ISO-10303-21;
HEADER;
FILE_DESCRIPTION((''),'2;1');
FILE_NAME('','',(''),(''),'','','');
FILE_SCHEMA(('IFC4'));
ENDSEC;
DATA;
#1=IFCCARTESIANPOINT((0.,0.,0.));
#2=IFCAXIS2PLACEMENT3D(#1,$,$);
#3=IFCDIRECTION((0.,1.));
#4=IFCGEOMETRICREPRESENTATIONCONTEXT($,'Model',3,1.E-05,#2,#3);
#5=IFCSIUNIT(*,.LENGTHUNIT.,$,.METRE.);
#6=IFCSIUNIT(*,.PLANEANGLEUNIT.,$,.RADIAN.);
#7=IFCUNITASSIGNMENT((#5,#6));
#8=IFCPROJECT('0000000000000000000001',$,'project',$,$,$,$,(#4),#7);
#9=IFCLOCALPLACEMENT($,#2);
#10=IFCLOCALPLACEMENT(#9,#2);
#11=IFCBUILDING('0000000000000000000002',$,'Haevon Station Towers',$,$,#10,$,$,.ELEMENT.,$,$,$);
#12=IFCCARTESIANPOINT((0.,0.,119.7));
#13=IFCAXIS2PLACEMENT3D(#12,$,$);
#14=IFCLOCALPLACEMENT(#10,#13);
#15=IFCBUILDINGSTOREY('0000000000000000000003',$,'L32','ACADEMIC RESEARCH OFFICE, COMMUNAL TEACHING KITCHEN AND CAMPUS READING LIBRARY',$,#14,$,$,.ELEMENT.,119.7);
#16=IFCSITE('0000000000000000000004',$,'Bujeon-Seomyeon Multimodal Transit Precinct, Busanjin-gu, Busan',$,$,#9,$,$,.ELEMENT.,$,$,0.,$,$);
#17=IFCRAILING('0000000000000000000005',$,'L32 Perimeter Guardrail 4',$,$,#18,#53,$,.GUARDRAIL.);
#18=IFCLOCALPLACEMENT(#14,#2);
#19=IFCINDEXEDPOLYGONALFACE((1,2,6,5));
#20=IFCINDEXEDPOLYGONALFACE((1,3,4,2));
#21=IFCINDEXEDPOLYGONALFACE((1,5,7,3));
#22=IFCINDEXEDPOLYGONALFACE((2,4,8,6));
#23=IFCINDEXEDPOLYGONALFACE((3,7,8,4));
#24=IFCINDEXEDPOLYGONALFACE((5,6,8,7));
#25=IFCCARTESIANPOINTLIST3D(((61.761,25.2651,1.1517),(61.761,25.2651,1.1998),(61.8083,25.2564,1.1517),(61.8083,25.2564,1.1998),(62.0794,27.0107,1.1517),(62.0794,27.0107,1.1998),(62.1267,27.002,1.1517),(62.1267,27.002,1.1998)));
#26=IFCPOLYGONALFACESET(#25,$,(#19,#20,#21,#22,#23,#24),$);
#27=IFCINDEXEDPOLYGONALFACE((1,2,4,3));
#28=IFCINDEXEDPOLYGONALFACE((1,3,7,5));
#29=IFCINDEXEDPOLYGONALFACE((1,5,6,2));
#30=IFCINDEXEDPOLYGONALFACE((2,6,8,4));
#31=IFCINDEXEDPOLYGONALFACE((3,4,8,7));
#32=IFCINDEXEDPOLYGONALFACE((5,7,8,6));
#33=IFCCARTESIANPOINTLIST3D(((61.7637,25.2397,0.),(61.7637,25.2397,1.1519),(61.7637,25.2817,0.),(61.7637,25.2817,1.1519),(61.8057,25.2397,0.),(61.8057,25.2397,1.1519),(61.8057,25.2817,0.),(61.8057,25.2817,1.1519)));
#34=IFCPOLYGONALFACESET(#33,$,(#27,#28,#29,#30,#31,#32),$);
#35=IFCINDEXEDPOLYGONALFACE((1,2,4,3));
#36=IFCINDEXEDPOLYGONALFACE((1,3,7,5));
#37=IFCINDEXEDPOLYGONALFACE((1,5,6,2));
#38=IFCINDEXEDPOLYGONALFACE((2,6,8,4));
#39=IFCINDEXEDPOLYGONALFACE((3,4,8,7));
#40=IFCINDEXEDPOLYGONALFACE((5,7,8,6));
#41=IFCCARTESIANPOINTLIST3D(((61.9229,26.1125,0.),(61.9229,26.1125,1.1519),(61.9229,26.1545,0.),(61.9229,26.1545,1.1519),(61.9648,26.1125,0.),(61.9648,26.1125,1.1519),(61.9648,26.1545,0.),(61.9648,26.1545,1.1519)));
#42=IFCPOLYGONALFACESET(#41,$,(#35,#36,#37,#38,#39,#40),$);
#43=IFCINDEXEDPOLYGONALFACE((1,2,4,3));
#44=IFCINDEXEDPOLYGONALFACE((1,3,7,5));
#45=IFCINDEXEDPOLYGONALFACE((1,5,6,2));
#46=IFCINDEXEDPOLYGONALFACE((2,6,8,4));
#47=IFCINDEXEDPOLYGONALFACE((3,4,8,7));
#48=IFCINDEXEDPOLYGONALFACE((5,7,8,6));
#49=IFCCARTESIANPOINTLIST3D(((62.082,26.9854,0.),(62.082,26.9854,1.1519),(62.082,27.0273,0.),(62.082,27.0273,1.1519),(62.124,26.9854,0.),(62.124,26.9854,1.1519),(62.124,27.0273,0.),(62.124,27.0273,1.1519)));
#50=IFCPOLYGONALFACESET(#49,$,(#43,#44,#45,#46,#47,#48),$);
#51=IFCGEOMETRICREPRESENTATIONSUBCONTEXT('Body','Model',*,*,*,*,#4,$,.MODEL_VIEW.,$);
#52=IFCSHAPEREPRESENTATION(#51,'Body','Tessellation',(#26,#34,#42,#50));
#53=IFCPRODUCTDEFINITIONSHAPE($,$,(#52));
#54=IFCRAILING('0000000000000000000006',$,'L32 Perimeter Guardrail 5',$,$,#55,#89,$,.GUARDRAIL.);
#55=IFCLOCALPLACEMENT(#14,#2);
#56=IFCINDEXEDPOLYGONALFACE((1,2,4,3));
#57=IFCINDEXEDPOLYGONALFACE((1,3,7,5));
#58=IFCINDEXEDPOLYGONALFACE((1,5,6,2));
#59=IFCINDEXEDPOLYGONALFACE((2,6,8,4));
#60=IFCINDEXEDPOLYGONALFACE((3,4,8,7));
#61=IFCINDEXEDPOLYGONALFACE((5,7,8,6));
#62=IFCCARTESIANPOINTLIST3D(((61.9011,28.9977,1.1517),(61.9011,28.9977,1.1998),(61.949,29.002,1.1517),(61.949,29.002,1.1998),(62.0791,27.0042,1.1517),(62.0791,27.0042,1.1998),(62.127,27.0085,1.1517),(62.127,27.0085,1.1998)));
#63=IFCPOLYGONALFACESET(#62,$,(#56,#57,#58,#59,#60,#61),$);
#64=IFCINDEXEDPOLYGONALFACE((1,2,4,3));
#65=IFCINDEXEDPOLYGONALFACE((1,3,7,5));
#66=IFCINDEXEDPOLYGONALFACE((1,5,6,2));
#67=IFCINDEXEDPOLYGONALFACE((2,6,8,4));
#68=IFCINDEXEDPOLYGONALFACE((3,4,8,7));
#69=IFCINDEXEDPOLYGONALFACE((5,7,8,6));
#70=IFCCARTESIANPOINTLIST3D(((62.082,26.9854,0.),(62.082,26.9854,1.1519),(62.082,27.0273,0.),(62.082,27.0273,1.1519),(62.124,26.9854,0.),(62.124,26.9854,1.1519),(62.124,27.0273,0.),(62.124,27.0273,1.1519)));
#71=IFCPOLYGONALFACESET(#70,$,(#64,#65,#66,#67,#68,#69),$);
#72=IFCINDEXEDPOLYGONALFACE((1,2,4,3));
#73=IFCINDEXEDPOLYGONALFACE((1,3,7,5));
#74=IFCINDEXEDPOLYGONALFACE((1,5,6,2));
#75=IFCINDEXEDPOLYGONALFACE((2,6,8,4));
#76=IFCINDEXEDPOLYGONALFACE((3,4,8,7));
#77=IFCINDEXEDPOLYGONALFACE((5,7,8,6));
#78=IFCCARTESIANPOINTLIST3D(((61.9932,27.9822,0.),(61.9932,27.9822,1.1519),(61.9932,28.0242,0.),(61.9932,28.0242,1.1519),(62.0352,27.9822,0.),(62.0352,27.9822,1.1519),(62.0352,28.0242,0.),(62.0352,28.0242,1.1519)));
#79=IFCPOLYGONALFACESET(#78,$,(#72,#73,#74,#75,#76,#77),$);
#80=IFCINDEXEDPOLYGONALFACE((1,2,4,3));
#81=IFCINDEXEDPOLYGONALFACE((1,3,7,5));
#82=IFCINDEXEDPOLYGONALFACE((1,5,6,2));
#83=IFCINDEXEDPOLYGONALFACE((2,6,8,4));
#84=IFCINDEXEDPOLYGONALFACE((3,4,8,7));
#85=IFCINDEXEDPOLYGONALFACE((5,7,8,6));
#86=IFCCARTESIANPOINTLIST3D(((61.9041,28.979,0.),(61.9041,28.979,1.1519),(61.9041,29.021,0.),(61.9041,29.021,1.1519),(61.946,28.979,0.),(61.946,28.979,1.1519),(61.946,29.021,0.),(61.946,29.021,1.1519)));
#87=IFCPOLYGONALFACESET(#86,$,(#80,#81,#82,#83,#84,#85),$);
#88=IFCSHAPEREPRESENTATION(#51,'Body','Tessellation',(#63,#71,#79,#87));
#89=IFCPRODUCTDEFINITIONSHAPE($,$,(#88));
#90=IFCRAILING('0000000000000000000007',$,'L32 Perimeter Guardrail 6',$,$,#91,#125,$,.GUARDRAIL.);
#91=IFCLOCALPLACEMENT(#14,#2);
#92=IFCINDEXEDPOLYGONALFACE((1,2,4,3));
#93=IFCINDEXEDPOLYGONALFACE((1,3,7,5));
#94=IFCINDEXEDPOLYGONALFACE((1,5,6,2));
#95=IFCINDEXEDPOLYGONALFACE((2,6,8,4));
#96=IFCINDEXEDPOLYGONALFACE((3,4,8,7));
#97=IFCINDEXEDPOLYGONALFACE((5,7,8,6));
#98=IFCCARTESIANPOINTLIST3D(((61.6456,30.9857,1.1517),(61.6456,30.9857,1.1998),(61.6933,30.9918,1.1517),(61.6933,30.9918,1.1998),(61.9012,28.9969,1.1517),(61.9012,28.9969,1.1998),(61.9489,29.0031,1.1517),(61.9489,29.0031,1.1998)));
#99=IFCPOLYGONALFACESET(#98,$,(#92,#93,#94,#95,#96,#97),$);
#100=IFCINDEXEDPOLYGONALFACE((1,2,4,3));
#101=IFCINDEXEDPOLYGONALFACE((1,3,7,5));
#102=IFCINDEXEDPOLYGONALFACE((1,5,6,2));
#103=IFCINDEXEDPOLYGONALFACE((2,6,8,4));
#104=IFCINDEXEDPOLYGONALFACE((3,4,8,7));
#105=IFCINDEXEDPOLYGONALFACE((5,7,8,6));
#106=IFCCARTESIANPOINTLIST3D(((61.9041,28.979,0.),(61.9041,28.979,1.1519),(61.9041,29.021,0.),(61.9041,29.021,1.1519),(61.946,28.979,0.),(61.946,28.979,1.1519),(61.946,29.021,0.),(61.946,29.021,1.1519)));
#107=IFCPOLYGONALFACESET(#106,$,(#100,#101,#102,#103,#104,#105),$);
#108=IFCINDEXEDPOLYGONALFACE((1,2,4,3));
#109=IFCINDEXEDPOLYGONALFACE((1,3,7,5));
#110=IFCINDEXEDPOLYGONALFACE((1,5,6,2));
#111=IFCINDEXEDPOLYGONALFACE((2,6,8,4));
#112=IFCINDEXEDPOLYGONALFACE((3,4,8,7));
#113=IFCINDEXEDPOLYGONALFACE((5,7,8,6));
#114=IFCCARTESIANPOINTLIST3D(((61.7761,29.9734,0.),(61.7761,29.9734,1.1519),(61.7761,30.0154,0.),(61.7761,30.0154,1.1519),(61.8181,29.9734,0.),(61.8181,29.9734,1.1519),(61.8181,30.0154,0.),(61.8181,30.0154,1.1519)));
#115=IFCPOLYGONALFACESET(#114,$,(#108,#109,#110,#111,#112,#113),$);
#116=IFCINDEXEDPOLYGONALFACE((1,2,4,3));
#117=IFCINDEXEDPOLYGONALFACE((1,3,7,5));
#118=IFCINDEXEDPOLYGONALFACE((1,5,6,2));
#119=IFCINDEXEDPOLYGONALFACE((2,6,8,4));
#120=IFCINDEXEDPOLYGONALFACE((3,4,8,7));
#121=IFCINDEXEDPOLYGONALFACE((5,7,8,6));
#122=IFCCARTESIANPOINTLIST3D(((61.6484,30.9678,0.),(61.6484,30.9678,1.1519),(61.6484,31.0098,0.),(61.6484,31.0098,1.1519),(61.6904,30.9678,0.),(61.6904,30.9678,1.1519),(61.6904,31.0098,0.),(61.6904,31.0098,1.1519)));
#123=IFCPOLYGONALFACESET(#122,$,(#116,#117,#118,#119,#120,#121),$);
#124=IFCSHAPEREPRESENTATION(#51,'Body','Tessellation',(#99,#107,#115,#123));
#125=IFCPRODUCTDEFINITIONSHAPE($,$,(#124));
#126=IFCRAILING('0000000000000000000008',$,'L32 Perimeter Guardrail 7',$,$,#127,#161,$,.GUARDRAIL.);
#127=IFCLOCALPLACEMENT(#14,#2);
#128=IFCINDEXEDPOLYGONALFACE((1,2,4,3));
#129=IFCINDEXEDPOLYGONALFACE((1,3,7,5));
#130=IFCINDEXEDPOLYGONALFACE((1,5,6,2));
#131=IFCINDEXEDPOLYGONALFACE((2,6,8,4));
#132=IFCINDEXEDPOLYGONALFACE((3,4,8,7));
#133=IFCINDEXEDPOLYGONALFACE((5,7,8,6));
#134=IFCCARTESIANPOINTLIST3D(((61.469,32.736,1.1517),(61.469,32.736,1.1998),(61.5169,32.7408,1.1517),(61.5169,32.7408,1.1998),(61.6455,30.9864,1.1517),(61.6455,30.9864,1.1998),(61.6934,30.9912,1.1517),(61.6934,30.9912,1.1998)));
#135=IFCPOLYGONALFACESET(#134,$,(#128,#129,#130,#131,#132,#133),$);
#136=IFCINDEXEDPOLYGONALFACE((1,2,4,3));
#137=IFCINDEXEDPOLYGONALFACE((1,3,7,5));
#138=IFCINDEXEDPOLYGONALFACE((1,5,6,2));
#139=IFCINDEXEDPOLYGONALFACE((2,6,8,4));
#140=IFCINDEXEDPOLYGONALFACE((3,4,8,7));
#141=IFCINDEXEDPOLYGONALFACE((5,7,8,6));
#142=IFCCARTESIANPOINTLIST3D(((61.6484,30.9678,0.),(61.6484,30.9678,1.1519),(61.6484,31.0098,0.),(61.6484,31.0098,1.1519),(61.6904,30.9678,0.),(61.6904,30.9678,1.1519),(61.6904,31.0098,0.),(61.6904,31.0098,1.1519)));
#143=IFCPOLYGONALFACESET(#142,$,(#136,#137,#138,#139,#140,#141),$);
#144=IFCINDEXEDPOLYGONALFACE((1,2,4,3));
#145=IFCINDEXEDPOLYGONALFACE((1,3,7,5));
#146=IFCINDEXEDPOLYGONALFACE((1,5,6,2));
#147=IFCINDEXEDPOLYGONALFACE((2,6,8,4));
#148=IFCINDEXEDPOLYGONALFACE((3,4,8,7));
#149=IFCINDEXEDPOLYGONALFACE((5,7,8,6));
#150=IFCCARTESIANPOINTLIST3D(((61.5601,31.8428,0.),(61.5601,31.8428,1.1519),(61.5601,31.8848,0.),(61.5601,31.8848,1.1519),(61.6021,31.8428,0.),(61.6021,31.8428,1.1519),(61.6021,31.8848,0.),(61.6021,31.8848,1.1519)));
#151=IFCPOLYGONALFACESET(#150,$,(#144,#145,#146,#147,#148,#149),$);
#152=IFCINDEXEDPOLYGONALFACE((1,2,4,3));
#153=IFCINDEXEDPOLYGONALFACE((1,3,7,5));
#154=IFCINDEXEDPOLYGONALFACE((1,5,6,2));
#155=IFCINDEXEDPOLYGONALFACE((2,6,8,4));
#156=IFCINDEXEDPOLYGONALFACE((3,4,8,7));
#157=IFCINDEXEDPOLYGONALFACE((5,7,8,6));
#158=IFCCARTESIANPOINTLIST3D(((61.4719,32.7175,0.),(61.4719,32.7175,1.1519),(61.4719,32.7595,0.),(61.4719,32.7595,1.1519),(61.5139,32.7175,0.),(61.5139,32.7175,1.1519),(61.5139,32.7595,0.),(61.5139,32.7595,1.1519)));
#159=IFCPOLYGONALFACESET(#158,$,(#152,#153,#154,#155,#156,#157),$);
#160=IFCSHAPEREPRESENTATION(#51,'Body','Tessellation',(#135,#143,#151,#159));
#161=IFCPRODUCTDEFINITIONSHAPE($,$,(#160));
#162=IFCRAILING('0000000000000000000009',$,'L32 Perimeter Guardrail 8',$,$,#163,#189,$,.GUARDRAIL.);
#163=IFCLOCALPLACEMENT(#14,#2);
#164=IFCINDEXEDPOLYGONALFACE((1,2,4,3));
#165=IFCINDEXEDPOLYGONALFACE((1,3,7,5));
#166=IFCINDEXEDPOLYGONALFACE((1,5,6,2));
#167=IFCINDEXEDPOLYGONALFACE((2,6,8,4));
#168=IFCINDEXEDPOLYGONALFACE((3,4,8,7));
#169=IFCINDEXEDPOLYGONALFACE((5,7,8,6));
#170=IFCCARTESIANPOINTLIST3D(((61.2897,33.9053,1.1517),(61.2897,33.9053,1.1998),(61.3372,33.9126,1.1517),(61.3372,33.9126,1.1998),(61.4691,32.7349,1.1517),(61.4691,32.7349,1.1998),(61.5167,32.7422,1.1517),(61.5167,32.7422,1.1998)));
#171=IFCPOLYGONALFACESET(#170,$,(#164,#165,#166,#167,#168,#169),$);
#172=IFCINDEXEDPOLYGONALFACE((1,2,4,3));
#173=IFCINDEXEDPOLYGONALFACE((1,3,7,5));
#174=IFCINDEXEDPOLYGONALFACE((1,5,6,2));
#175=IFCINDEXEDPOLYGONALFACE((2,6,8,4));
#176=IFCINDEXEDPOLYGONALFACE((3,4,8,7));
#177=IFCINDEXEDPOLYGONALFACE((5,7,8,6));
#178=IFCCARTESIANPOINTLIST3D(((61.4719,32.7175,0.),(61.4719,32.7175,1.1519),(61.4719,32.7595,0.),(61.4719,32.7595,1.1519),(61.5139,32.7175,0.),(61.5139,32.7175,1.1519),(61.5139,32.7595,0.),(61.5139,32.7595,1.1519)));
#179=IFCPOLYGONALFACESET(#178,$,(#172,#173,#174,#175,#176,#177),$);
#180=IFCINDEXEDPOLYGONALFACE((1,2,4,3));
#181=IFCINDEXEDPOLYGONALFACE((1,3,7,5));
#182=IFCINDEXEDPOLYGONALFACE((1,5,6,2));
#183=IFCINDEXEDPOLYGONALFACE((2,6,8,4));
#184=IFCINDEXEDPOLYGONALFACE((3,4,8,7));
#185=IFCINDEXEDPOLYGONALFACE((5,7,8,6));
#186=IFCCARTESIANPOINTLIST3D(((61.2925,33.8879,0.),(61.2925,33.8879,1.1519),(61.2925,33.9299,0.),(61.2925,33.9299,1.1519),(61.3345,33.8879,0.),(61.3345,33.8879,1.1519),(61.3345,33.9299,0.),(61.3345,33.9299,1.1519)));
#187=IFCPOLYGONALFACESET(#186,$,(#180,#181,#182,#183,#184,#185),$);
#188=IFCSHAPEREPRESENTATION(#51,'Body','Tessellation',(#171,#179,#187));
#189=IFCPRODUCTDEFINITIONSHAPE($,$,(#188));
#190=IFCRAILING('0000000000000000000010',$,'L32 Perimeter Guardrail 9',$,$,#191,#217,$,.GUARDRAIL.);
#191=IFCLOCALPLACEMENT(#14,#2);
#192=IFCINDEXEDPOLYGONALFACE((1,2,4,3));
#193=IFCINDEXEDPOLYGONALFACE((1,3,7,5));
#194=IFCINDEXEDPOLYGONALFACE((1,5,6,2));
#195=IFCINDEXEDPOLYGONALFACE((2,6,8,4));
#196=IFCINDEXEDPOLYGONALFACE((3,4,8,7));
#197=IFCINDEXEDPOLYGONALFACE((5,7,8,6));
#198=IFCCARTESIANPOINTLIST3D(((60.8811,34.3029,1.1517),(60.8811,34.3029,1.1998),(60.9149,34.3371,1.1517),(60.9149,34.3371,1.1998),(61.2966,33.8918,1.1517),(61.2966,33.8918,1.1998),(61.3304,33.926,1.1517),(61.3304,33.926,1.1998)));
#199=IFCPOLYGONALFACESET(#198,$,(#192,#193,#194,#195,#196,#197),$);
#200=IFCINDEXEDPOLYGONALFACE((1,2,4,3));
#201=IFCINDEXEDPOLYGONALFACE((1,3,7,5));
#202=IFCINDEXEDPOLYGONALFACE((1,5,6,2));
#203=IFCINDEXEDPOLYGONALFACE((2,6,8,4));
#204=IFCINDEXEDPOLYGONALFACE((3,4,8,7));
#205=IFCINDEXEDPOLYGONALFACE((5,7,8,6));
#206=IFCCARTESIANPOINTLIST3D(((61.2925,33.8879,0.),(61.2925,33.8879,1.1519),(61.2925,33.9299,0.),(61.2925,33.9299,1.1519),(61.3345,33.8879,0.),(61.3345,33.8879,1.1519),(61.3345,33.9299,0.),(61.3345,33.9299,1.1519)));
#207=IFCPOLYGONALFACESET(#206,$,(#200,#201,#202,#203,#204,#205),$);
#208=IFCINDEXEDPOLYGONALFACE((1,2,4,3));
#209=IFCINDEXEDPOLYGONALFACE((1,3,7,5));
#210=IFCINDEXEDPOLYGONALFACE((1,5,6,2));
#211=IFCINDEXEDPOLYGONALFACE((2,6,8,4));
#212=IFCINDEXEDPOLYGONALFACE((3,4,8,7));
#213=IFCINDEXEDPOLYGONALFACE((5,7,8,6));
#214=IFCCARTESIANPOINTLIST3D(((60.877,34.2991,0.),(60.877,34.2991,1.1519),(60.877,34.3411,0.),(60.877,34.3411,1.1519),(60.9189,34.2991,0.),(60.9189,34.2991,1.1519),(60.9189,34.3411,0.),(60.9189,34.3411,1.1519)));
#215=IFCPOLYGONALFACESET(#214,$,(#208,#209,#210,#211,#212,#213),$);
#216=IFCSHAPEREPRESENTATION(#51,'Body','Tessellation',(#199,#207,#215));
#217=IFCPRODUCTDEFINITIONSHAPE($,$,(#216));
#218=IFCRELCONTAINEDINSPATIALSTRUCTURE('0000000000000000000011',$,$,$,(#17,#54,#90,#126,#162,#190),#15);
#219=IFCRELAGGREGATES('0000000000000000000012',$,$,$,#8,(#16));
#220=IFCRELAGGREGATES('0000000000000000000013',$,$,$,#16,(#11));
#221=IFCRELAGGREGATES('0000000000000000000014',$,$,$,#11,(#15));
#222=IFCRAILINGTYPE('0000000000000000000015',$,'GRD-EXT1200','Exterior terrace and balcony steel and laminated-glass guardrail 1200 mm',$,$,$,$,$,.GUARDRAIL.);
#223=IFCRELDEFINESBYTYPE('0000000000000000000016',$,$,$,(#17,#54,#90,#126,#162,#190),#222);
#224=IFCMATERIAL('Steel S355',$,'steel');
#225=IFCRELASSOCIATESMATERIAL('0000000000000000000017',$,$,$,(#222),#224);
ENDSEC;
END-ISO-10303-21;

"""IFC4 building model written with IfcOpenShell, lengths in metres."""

from ifc_helpers import new_model, si_unit, direction, frame, origin, origin_2d, place, context, subcontext, project, spatial, rectangle, extrude, material, type_object, element, save


model = new_model("IFC4")

# Units and contexts
model_context = context("Model", 3, precision=1e-05, world=origin(), true_north=direction((0.0, 1.0)))
body_context = subcontext(model_context, "Body", "Model", "MODEL_VIEW")
ifc_project = project(units=[si_unit("LENGTHUNIT", "METRE"), si_unit("PLANEANGLEUNIT", "RADIAN")], contexts=[model_context])

# Site, building, storey
site_placement = place(None, origin())
site = spatial("IfcSite", under=ifc_project, at=site_placement, Name="Bujeon-Seomyeon Multimodal Transit Precinct, Busanjin-gu, Busan", CompositionType="ELEMENT", RefElevation=0.0)
building_placement = place(site_placement, origin())
building = spatial("IfcBuilding", under=site, at=building_placement, Name="Haevon Station Towers", CompositionType="ELEMENT")
storey_placement = place(building_placement, frame((0.0, 0.0, 119.7)))
storey = spatial("IfcBuildingStorey", under=building, at=storey_placement, Name="L32", Description="ACADEMIC RESEARCH OFFICE, COMMUNAL TEACHING KITCHEN AND CAMPUS READING LIBRARY", CompositionType="ELEMENT", Elevation=119.7)

# Shared definitions
ifc_material_1 = material(Name="Steel S355", Category="steel")

# Railings
railing_type = type_object("IfcRailingType", Name="GRD-EXT1200", Description="Exterior terrace and balcony steel and laminated-glass guardrail 1200 mm", PredefinedType="GUARDRAIL", material=ifc_material_1)
railing_1_placement = place(storey_placement, frame((61.7847, 25.2607, 0.0)))
element("IfcRailing", 1, at=railing_1_placement, inside=storey, type_object=railing_type, Name="L32 Perimeter Guardrail 4", PredefinedType="GUARDRAIL", context=body_context, shape_type="SweptSolid", body=[
    extrude(rectangle(XDim=0.0481, YDim=0.0481, at=origin_2d()), frame((0.0, 0.0, 1.1758), z_axis=(0.179418, 0.983773, 0.0), x_axis=(-0.983773, 0.179418, 0.0)), (0.0, 0.0, 1.0), 1.7744),
    extrude(rectangle(XDim=0.042, YDim=0.042, at=origin_2d()), origin(), (0.0, 0.0, 1.0), 1.1519),
    extrude(rectangle(XDim=0.042, YDim=0.042, at=origin_2d()), frame((0.1592, 0.8728, 0.0)), (0.0, 0.0, 1.0), 1.1519),
    extrude(rectangle(XDim=0.042, YDim=0.042, at=origin_2d()), frame((0.3184, 1.7456, 0.0)), (0.0, 0.0, 1.0), 1.1519),
])
railing_2_placement = place(storey_placement, frame((62.103, 27.0063, 0.0)))
element("IfcRailing", 2, at=railing_2_placement, inside=storey, type_object=railing_type, Name="L32 Perimeter Guardrail 5", PredefinedType="GUARDRAIL", context=body_context, shape_type="SweptSolid", body=[
    extrude(rectangle(XDim=0.0481, YDim=0.0481, at=origin_2d()), frame((0.0, 0.0, 1.1758), z_axis=(-0.088919, 0.996039, 0.0), x_axis=(-0.996039, -0.088919, 0.0)), (0.0, 0.0, 1.0), 2.0015),
    extrude(rectangle(XDim=0.042, YDim=0.042, at=origin_2d()), origin(), (0.0, 0.0, 1.0), 1.1519),
    extrude(rectangle(XDim=0.042, YDim=0.042, at=origin_2d()), frame((-0.0889, 0.9968, 0.0)), (0.0, 0.0, 1.0), 1.1519),
    extrude(rectangle(XDim=0.042, YDim=0.042, at=origin_2d()), frame((-0.178, 1.9937, 0.0)), (0.0, 0.0, 1.0), 1.1519),
])
railing_3_placement = place(storey_placement, frame((61.925, 29.0, 0.0)))
element("IfcRailing", 3, at=railing_3_placement, inside=storey, type_object=railing_type, Name="L32 Perimeter Guardrail 6", PredefinedType="GUARDRAIL", context=body_context, shape_type="SweptSolid", body=[
    extrude(rectangle(XDim=0.0481, YDim=0.0481, at=origin_2d()), frame((0.0, 0.0, 1.1758), z_axis=(-0.127481, 0.991841, 0.0), x_axis=(-0.991841, -0.127481, 0.0)), (0.0, 0.0, 1.0), 2.0051),
    extrude(rectangle(XDim=0.042, YDim=0.042, at=origin_2d()), origin(), (0.0, 0.0, 1.0), 1.1519),
    extrude(rectangle(XDim=0.042, YDim=0.042, at=origin_2d()), frame((-0.1279, 0.9944, 0.0)), (0.0, 0.0, 1.0), 1.1519),
    extrude(rectangle(XDim=0.042, YDim=0.042, at=origin_2d()), frame((-0.2556, 1.9888, 0.0)), (0.0, 0.0, 1.0), 1.1519),
])
railing_4_placement = place(storey_placement, frame((61.6694, 30.9888, 0.0)))
element("IfcRailing", 4, at=railing_4_placement, inside=storey, type_object=railing_type, Name="L32 Perimeter Guardrail 7", PredefinedType="GUARDRAIL", context=body_context, shape_type="SweptSolid", body=[
    extrude(rectangle(XDim=0.0481, YDim=0.0481, at=origin_2d()), frame((0.0, 0.0, 1.1758), z_axis=(-0.10037, 0.99495, 0.0), x_axis=(-0.99495, -0.10037, 0.0)), (0.0, 0.0, 1.0), 1.7585),
    extrude(rectangle(XDim=0.042, YDim=0.042, at=origin_2d()), origin(), (0.0, 0.0, 1.0), 1.1519),
    extrude(rectangle(XDim=0.042, YDim=0.042, at=origin_2d()), frame((-0.0884, 0.875, 0.0)), (0.0, 0.0, 1.0), 1.1519),
    extrude(rectangle(XDim=0.042, YDim=0.042, at=origin_2d()), frame((-0.1765, 1.7498, 0.0)), (0.0, 0.0, 1.0), 1.1519),
])
railing_5_placement = place(storey_placement, frame((61.4929, 32.7385, 0.0)))
element("IfcRailing", 5, at=railing_5_placement, inside=storey, type_object=railing_type, Name="L32 Perimeter Guardrail 8", PredefinedType="GUARDRAIL", context=body_context, shape_type="SweptSolid", body=[
    extrude(rectangle(XDim=0.0481, YDim=0.0481, at=origin_2d()), frame((0.0, 0.0, 1.1758), z_axis=(-0.151546, 0.98845, 0.0), x_axis=(-0.98845, -0.151546, 0.0)), (0.0, 0.0, 1.0), 1.1841),
    extrude(rectangle(XDim=0.042, YDim=0.042, at=origin_2d()), origin(), (0.0, 0.0, 1.0), 1.1519),
    extrude(rectangle(XDim=0.042, YDim=0.042, at=origin_2d()), frame((-0.1794, 1.1704, 0.0)), (0.0, 0.0, 1.0), 1.1519),
])
railing_6_placement = place(storey_placement, frame((61.3135, 33.9089, 0.0)))
element("IfcRailing", 6, at=railing_6_placement, inside=storey, type_object=railing_type, Name="L32 Perimeter Guardrail 9", PredefinedType="GUARDRAIL", context=body_context, shape_type="SweptSolid", body=[
    extrude(rectangle(XDim=0.0481, YDim=0.0481, at=origin_2d()), frame((0.0, 0.0, 1.1758), z_axis=(-0.710856, 0.703338, 0.0), x_axis=(-0.703338, -0.710856, 0.0)), (0.0, 0.0, 1.0), 0.5845),
    extrude(rectangle(XDim=0.042, YDim=0.042, at=origin_2d()), origin(), (0.0, 0.0, 1.0), 1.1519),
    extrude(rectangle(XDim=0.042, YDim=0.042, at=origin_2d()), frame((-0.4155, 0.4111, 0.0)), (0.0, 0.0, 1.0), 1.1519),
])

save(model, "model.ifc")
